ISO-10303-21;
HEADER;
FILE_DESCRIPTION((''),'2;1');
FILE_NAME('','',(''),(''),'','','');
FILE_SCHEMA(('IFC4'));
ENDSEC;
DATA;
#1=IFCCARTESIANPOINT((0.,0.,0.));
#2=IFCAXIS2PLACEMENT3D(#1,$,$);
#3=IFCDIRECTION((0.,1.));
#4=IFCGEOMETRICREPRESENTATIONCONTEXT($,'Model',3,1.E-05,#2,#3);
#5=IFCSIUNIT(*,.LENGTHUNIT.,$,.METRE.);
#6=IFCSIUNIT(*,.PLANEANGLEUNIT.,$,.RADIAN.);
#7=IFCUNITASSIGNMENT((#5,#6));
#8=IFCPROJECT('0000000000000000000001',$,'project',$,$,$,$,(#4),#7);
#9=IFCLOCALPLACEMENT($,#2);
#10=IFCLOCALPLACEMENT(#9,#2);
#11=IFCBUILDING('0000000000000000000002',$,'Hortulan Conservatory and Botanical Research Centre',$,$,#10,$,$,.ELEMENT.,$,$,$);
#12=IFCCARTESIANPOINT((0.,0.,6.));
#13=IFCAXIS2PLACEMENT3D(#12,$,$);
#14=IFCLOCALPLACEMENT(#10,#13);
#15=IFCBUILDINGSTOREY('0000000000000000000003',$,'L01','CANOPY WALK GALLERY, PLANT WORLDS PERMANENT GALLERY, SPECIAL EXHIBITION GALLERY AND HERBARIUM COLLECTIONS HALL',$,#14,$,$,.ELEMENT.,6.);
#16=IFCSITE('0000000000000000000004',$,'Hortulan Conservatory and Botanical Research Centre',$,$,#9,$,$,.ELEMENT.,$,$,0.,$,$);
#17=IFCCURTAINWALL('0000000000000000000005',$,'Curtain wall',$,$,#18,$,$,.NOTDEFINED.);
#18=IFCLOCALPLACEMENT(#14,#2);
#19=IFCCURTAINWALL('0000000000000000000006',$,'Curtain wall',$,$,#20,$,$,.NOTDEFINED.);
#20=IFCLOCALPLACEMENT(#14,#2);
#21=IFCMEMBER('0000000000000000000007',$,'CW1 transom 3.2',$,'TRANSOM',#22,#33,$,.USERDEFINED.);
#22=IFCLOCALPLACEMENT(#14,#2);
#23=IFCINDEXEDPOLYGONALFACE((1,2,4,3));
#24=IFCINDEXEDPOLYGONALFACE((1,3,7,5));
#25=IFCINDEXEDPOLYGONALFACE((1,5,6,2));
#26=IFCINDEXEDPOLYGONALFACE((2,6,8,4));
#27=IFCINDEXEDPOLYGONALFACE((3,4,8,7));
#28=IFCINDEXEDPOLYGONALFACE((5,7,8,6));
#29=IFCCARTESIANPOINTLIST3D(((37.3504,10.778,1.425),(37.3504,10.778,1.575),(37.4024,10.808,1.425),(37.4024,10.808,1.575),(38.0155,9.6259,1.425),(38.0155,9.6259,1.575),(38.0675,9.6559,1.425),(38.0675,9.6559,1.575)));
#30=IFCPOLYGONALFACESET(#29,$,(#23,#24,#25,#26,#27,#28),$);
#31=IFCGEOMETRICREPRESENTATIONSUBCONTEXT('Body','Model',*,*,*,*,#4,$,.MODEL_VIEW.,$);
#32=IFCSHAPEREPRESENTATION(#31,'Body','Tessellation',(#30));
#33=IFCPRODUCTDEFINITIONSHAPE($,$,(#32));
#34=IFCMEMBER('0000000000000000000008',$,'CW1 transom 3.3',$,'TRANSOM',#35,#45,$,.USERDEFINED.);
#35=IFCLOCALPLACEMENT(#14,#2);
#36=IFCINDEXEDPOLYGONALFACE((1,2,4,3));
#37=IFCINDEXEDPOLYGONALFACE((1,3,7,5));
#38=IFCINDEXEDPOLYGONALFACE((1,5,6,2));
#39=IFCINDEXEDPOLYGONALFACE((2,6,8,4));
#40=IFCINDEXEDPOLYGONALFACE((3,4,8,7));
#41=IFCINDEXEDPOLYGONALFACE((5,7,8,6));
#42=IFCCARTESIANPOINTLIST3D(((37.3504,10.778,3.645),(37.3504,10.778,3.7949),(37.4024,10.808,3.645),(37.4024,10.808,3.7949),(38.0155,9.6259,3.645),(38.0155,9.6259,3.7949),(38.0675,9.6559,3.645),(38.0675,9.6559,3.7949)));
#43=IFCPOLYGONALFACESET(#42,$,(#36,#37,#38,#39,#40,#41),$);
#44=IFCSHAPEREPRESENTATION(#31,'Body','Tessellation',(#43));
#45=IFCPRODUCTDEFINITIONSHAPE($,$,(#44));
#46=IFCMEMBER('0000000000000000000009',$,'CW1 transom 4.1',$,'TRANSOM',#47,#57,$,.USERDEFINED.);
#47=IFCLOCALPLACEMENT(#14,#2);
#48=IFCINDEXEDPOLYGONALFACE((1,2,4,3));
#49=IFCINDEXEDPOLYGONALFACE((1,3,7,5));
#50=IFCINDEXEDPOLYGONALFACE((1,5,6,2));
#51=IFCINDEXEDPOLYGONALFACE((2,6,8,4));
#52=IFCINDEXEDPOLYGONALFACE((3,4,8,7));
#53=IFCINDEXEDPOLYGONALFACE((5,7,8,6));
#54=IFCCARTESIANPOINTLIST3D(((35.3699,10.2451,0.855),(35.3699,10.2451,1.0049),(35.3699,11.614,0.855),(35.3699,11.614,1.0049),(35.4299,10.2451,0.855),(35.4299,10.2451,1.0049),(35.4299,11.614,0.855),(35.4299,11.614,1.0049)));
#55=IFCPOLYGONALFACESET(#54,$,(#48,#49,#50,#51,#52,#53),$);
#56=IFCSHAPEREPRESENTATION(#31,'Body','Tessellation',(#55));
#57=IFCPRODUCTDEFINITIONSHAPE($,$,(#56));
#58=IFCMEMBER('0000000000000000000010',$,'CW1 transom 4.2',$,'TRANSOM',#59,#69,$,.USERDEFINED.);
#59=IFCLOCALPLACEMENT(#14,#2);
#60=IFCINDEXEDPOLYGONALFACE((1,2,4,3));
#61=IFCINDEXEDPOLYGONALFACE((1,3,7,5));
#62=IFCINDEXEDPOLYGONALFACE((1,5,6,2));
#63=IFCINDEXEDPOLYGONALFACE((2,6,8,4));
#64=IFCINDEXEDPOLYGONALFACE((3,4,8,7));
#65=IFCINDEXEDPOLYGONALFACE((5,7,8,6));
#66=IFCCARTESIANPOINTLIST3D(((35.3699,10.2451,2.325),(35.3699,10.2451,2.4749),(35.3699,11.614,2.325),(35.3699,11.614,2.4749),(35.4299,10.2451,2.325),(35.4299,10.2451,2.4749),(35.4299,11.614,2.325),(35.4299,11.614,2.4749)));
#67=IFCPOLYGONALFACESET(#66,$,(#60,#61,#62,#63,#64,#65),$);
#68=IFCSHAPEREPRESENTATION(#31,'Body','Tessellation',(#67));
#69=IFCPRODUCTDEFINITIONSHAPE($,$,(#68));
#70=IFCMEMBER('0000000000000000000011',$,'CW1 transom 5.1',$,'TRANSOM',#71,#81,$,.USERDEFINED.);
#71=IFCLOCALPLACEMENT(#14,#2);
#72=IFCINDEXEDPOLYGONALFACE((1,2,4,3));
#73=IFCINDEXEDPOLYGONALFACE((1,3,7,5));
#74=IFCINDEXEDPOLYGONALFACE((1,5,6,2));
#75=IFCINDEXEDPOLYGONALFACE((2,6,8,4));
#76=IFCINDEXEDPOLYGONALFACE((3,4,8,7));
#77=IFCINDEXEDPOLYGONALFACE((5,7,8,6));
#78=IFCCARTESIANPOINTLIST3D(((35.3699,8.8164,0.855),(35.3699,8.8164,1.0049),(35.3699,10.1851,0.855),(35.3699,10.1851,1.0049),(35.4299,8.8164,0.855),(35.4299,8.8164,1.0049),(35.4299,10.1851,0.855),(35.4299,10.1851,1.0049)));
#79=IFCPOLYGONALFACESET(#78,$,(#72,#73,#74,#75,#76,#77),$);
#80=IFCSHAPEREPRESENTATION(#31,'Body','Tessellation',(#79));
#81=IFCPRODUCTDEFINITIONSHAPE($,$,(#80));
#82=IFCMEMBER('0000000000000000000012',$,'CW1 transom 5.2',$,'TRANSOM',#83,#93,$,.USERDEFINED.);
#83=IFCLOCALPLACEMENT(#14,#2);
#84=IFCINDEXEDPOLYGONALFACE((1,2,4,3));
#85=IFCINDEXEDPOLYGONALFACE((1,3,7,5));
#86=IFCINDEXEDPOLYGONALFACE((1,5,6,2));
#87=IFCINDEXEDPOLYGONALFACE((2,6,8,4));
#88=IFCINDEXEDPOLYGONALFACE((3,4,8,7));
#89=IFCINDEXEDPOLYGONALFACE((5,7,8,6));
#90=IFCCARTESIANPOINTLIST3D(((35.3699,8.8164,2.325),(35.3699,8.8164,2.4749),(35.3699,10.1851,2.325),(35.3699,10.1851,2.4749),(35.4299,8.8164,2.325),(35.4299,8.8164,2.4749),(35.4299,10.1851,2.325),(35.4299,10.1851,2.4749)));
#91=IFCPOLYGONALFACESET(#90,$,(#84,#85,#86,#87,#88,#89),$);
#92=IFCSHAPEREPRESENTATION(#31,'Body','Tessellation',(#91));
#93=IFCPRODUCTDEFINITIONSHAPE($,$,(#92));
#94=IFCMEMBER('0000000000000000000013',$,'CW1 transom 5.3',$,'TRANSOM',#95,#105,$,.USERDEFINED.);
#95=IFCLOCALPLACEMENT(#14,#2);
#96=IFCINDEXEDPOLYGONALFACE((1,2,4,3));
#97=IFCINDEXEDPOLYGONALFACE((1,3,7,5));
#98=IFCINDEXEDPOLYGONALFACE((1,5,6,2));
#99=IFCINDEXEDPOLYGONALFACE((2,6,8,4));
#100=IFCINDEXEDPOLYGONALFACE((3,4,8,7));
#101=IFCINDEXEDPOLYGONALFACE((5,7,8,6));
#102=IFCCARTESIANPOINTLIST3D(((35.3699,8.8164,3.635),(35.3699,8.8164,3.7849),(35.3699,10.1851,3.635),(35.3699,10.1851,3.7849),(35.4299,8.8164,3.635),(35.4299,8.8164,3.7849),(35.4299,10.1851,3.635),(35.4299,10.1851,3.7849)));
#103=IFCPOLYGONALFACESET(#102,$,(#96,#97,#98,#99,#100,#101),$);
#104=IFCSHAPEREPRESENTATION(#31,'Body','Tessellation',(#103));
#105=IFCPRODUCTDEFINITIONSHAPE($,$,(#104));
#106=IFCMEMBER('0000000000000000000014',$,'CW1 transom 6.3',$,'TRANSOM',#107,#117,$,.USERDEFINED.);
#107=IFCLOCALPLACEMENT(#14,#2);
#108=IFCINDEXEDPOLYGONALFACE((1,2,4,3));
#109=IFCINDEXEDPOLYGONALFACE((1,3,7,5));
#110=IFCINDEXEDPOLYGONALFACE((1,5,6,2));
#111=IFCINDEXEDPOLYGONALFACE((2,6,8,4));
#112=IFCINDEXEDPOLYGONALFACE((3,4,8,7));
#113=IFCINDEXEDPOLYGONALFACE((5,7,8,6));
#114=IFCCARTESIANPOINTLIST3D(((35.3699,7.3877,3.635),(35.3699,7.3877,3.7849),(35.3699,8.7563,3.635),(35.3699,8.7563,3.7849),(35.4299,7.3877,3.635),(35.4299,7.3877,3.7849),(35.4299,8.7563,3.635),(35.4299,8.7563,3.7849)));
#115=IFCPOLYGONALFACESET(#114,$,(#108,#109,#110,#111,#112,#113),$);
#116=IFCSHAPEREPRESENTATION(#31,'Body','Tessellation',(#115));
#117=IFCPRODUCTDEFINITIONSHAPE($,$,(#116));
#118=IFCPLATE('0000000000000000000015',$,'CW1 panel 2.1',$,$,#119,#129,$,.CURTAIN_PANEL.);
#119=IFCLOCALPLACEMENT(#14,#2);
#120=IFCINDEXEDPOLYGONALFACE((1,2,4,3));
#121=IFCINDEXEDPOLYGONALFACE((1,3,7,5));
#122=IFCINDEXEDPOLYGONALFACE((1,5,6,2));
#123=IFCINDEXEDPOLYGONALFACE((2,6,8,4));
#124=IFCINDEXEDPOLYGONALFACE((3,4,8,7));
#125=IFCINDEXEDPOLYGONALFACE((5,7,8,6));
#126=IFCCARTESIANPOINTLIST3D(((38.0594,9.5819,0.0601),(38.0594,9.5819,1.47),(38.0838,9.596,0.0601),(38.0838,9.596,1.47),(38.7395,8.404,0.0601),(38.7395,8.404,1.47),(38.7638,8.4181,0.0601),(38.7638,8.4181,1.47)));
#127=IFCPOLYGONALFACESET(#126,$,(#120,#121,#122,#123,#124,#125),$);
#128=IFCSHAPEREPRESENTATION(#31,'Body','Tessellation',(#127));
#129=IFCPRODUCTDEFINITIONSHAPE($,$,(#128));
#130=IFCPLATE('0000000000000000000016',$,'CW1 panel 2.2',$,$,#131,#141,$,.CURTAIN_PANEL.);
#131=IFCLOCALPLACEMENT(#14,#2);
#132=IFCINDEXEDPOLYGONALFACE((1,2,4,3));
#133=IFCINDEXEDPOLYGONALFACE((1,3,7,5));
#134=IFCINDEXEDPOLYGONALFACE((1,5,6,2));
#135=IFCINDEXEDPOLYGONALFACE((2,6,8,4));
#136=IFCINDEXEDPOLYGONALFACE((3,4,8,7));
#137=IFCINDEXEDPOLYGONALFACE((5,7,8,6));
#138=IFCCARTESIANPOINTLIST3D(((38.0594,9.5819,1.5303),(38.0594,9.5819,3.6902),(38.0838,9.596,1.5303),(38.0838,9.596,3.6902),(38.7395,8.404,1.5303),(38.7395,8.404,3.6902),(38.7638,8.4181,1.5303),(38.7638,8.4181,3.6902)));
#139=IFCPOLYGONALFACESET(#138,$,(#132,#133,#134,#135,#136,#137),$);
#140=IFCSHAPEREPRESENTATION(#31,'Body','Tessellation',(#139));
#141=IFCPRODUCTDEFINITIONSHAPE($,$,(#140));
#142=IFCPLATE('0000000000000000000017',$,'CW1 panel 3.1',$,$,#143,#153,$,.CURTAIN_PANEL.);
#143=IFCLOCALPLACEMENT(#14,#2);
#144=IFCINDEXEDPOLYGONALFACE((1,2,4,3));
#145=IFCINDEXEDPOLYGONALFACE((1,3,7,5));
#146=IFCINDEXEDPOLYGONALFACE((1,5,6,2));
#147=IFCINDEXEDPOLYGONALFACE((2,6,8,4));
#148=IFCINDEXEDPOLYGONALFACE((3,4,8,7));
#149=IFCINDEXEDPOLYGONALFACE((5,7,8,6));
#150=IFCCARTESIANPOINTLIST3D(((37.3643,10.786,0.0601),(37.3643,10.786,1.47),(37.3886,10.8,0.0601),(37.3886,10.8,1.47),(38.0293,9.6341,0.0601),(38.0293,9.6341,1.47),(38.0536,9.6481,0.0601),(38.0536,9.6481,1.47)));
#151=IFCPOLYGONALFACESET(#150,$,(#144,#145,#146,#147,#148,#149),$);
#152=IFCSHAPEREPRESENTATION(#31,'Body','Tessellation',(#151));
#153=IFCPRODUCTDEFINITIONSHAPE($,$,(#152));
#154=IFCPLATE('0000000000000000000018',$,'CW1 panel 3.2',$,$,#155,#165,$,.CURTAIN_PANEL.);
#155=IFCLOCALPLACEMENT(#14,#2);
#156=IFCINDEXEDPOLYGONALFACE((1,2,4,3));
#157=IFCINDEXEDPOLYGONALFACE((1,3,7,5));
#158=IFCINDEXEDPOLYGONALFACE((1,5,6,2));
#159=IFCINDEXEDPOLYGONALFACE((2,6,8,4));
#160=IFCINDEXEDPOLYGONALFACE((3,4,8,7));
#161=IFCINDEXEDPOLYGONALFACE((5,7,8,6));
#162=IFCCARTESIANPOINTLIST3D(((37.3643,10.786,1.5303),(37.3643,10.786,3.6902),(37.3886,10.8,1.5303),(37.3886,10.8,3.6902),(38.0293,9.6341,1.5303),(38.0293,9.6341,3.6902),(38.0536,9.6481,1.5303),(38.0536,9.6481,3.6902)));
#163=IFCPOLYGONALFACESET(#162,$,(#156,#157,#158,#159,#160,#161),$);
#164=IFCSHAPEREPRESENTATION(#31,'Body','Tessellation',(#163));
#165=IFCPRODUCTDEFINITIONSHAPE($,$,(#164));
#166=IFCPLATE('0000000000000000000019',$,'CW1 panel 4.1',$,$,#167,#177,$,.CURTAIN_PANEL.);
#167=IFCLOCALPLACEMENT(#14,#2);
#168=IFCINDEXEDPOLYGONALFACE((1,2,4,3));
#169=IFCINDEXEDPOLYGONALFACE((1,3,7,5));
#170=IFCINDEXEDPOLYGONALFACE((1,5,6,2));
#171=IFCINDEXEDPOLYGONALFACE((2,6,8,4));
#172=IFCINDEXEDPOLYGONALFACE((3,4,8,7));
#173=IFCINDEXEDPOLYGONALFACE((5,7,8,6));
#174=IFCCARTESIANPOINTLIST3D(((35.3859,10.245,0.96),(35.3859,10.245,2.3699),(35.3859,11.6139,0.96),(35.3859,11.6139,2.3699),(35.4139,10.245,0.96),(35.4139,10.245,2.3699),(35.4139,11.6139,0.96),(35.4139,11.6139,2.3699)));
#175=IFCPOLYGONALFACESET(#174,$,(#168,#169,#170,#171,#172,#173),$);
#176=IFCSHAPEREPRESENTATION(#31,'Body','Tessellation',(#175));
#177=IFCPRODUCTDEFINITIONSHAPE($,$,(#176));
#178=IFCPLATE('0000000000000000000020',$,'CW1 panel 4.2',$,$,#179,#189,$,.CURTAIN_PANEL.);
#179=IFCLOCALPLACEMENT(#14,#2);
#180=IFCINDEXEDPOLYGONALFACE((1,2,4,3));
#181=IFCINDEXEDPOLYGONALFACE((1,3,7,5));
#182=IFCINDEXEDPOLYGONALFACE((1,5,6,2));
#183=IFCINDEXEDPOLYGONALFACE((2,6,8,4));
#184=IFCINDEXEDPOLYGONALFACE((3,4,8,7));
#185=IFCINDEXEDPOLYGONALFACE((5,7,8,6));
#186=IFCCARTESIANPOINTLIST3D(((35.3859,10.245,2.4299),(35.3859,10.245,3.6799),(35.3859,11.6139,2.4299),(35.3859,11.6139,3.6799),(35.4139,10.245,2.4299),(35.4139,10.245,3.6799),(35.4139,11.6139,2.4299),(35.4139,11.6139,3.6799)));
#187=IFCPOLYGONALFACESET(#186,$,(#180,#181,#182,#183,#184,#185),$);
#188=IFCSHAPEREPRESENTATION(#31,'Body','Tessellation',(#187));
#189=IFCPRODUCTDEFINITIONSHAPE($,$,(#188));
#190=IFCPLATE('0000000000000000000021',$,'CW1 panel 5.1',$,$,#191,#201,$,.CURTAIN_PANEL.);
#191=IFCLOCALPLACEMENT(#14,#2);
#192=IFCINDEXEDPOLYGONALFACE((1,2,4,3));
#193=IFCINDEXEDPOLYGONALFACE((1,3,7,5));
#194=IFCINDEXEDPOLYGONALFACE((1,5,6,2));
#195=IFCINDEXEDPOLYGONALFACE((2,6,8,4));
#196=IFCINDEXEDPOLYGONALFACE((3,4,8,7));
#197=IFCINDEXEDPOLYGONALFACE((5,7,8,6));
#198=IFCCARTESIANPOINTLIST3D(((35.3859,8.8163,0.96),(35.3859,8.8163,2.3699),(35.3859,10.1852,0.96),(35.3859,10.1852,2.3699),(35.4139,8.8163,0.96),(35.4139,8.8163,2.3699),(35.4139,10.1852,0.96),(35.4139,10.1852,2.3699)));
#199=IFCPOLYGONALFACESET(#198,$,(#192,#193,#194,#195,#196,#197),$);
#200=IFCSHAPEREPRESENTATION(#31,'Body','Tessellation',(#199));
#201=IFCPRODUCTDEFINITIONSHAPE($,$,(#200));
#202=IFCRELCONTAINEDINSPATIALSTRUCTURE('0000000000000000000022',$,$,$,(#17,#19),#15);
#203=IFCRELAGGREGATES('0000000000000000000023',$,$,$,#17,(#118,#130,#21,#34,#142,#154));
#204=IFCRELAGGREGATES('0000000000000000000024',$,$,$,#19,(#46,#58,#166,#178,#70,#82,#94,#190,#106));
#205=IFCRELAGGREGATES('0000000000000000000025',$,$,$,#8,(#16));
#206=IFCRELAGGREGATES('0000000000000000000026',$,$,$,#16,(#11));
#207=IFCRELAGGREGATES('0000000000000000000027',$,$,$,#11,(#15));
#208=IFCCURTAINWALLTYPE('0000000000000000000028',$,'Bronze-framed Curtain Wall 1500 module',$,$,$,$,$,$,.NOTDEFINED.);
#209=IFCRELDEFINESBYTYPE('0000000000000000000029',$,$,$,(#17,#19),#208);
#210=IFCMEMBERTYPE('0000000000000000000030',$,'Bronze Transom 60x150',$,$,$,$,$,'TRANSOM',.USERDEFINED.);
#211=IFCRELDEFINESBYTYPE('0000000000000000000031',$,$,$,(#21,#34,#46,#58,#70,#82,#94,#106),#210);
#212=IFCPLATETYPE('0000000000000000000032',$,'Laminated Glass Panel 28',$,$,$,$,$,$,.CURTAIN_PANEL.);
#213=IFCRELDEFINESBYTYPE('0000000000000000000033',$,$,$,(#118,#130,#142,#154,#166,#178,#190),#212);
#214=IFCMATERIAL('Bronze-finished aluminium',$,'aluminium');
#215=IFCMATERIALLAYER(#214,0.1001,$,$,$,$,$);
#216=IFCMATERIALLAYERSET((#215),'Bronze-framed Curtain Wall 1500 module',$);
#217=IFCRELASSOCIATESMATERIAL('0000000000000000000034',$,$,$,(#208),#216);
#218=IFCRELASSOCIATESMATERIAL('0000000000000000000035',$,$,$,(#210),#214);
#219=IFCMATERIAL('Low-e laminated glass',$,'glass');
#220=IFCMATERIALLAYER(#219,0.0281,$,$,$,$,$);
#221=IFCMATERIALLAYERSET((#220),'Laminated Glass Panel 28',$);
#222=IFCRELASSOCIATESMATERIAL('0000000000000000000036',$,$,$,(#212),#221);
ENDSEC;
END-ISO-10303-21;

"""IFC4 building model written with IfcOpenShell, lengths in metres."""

from ifc_helpers import new_model, si_unit, direction, frame, origin, origin_2d, place, context, subcontext, project, spatial, rectangle, extrude, material, layer, layer_set, material_profile, profile_set, type_object, element, aggregate, save


model = new_model("IFC4")

# Units and contexts
model_context = context("Model", 3, precision=1e-05, world=origin(), true_north=direction((0.0, 1.0)))
body_context = subcontext(model_context, "Body", "Model", "MODEL_VIEW")
ifc_project = project(units=[si_unit("LENGTHUNIT", "METRE"), si_unit("PLANEANGLEUNIT", "RADIAN")], contexts=[model_context])

# Site, building, storey
site_placement = place(None, origin())
site = spatial("IfcSite", under=ifc_project, at=site_placement, Name="Hortulan Conservatory and Botanical Research Centre", CompositionType="ELEMENT", RefElevation=0.0)
building_placement = place(site_placement, origin())
building = spatial("IfcBuilding", under=site, at=building_placement, Name="Hortulan Conservatory and Botanical Research Centre", CompositionType="ELEMENT")
storey_placement = place(building_placement, frame((0.0, 0.0, 6.0)))
storey = spatial("IfcBuildingStorey", under=building, at=storey_placement, Name="L01", Description="CANOPY WALK GALLERY, PLANT WORLDS PERMANENT GALLERY, SPECIAL EXHIBITION GALLERY AND HERBARIUM COLLECTIONS HALL", CompositionType="ELEMENT", Elevation=6.0)

# Shared definitions
ifc_material_1 = material(Name="Bronze-finished aluminium", Category="aluminium")
ifc_layer_1 = layer(ifc_material_1, 0.1001)
ifc_layer_set_1 = layer_set([ifc_layer_1], Name="Bronze-framed Curtain Wall 1500 module")
curtain_wall_type = type_object("IfcCurtainWallType", Name="Bronze-framed Curtain Wall 1500 module", PredefinedType="NOTDEFINED", material=ifc_layer_set_1)

# Curtain walls
curtain_wall_1_placement = place(storey_placement, origin())
curtain_wall_1 = element("IfcCurtainWall", 1, at=curtain_wall_1_placement, inside=storey, type_object=curtain_wall_type, Name="Curtain wall", PredefinedType="NOTDEFINED")
curtain_wall_2_placement = place(storey_placement, origin())
curtain_wall_2 = element("IfcCurtainWall", 2, at=curtain_wall_2_placement, inside=storey, type_object=curtain_wall_type, Name="Curtain wall", PredefinedType="NOTDEFINED")

# Members
ifc_material_profile_1 = material_profile(ifc_material_1, rectangle(XDim=0.0601, YDim=0.1499, at=origin_2d()), Name="Bronze Transom 60x150")
ifc_profile_set_1 = profile_set([ifc_material_profile_1], Name="Bronze-finished aluminium")
member_type_1 = type_object("IfcMemberType", Name="Bronze Transom 60x150", ElementType="TRANSOM", PredefinedType="USERDEFINED", material=ifc_profile_set_1)
member_1_placement = place(storey_placement, frame((38.0415, 9.6409, 1.5), z_axis=(-0.499929, 0.866066, 0.0), x_axis=(-0.866066, -0.499929, 0.0)))
member_1 = element("IfcMember", 3, at=member_1_placement, type_object=member_type_1, Name="CW1 transom 3.2", ObjectType="TRANSOM", PredefinedType="USERDEFINED", context=body_context, shape_type="SweptSolid", body=[
    extrude(rectangle(XDim=0.0601, YDim=0.1499, at=origin_2d()), origin(), (0.0, 0.0, 1.0), 1.3303),
])
member_2_placement = place(storey_placement, frame((38.0415, 9.6409, 3.72), z_axis=(-0.499929, 0.866066, 0.0), x_axis=(-0.866066, -0.499929, 0.0)))
member_2 = element("IfcMember", 4, at=member_2_placement, type_object=member_type_1, Name="CW1 transom 3.3", ObjectType="TRANSOM", PredefinedType="USERDEFINED", context=body_context, shape_type="SweptSolid", body=[
    extrude(rectangle(XDim=0.0601, YDim=0.1499, at=origin_2d()), origin(), (0.0, 0.0, 1.0), 1.3303),
])
member_3_placement = place(storey_placement, frame((35.3999, 11.614, 0.9299), z_axis=(0.0, -1.0, 0.0), x_axis=(1.0, 0.0, 0.0)))
member_3 = element("IfcMember", 5, at=member_3_placement, type_object=member_type_1, Name="CW1 transom 4.1", ObjectType="TRANSOM", PredefinedType="USERDEFINED", context=body_context, shape_type="SweptSolid", body=[
    extrude(rectangle(XDim=0.0601, YDim=0.1499, at=origin_2d()), origin(), (0.0, 0.0, 1.0), 1.3689),
])
member_4_placement = place(storey_placement, frame((35.3999, 11.614, 2.3999), z_axis=(0.0, -1.0, 0.0), x_axis=(1.0, 0.0, 0.0)))
member_4 = element("IfcMember", 6, at=member_4_placement, type_object=member_type_1, Name="CW1 transom 4.2", ObjectType="TRANSOM", PredefinedType="USERDEFINED", context=body_context, shape_type="SweptSolid", body=[
    extrude(rectangle(XDim=0.0601, YDim=0.1499, at=origin_2d()), origin(), (0.0, 0.0, 1.0), 1.3689),
])
member_5_placement = place(storey_placement, frame((35.3999, 10.1851, 0.9299), z_axis=(0.0, -1.0, 0.0), x_axis=(1.0, 0.0, 0.0)))
member_5 = element("IfcMember", 7, at=member_5_placement, type_object=member_type_1, Name="CW1 transom 5.1", ObjectType="TRANSOM", PredefinedType="USERDEFINED", context=body_context, shape_type="SweptSolid", body=[
    extrude(rectangle(XDim=0.0601, YDim=0.1499, at=origin_2d()), origin(), (0.0, 0.0, 1.0), 1.3687),
])
member_6_placement = place(storey_placement, frame((35.3999, 10.1851, 2.3999), z_axis=(0.0, -1.0, 0.0), x_axis=(1.0, 0.0, 0.0)))
member_6 = element("IfcMember", 8, at=member_6_placement, type_object=member_type_1, Name="CW1 transom 5.2", ObjectType="TRANSOM", PredefinedType="USERDEFINED", context=body_context, shape_type="SweptSolid", body=[
    extrude(rectangle(XDim=0.0601, YDim=0.1499, at=origin_2d()), origin(), (0.0, 0.0, 1.0), 1.3687),
])
member_7_placement = place(storey_placement, frame((35.3999, 10.1851, 3.71), z_axis=(0.0, -1.0, 0.0), x_axis=(1.0, 0.0, 0.0)))
member_7 = element("IfcMember", 9, at=member_7_placement, type_object=member_type_1, Name="CW1 transom 5.3", ObjectType="TRANSOM", PredefinedType="USERDEFINED", context=body_context, shape_type="SweptSolid", body=[
    extrude(rectangle(XDim=0.0601, YDim=0.1499, at=origin_2d()), origin(), (0.0, 0.0, 1.0), 1.3687),
])
member_8_placement = place(storey_placement, frame((35.3999, 8.7563, 3.71), z_axis=(0.0, -1.0, 0.0), x_axis=(1.0, 0.0, 0.0)))
member_8 = element("IfcMember", 10, at=member_8_placement, type_object=member_type_1, Name="CW1 transom 6.3", ObjectType="TRANSOM", PredefinedType="USERDEFINED", context=body_context, shape_type="SweptSolid", body=[
    extrude(rectangle(XDim=0.0601, YDim=0.1499, at=origin_2d()), origin(), (0.0, 0.0, 1.0), 1.3687),
])

# Plates
ifc_material_2 = material(Name="Low-e laminated glass", Category="glass")
ifc_layer_2 = layer(ifc_material_2, 0.0281)
ifc_layer_set_2 = layer_set([ifc_layer_2], Name="Laminated Glass Panel 28")
plate_type = type_object("IfcPlateType", Name="Laminated Glass Panel 28", PredefinedType="CURTAIN_PANEL", material=ifc_layer_set_2)
plate_1_placement = place(storey_placement, frame((38.4116, 9.0, 0.0601), z_axis=(0.0, 0.0, 1.0), x_axis=(-0.499981, 0.866036, 0.0)))
plate_1 = element("IfcPlate", 11, at=plate_1_placement, type_object=plate_type, Name="CW1 panel 2.1", PredefinedType="CURTAIN_PANEL", context=body_context, shape_type="SweptSolid", body=[
    extrude(rectangle(XDim=1.3601, YDim=0.0281, at=origin_2d()), origin(), (0.0, 0.0, 1.0), 1.4099),
])
plate_2_placement = place(storey_placement, frame((38.4116, 9.0, 1.5303), z_axis=(0.0, 0.0, 1.0), x_axis=(-0.499981, 0.866036, 0.0)))
plate_2 = element("IfcPlate", 12, at=plate_2_placement, type_object=plate_type, Name="CW1 panel 2.2", PredefinedType="CURTAIN_PANEL", context=body_context, shape_type="SweptSolid", body=[
    extrude(rectangle(XDim=1.3601, YDim=0.0281, at=origin_2d()), origin(), (0.0, 0.0, 1.0), 2.1599),
])
plate_3_placement = place(storey_placement, frame((37.709, 10.217, 0.0601), z_axis=(0.0, 0.0, 1.0), x_axis=(-0.499981, 0.866036, 0.0)))
plate_3 = element("IfcPlate", 13, at=plate_3_placement, type_object=plate_type, Name="CW1 panel 3.1", PredefinedType="CURTAIN_PANEL", context=body_context, shape_type="SweptSolid", body=[
    extrude(rectangle(XDim=1.3301, YDim=0.0281, at=origin_2d()), origin(), (0.0, 0.0, 1.0), 1.4099),
])
plate_4_placement = place(storey_placement, frame((37.709, 10.217, 1.5303), z_axis=(0.0, 0.0, 1.0), x_axis=(-0.499981, 0.866036, 0.0)))
plate_4 = element("IfcPlate", 14, at=plate_4_placement, type_object=plate_type, Name="CW1 panel 3.2", PredefinedType="CURTAIN_PANEL", context=body_context, shape_type="SweptSolid", body=[
    extrude(rectangle(XDim=1.3301, YDim=0.0281, at=origin_2d()), origin(), (0.0, 0.0, 1.0), 2.1599),
])
aggregate(curtain_wall_1, [plate_1, plate_2, member_1, member_2, plate_3, plate_4])
plate_5_placement = place(storey_placement, frame((35.3999, 10.9294, 0.96), z_axis=(0.0, 0.0, 1.0), x_axis=(0.0, -1.0, 0.0)))
plate_5 = element("IfcPlate", 15, at=plate_5_placement, type_object=plate_type, Name="CW1 panel 4.1", PredefinedType="CURTAIN_PANEL", context=body_context, shape_type="SweptSolid", body=[
    extrude(rectangle(XDim=1.3689, YDim=0.0281, at=origin_2d()), origin(), (0.0, 0.0, 1.0), 1.4099),
])
plate_6_placement = place(storey_placement, frame((35.3999, 10.9294, 2.4299), z_axis=(0.0, 0.0, 1.0), x_axis=(0.0, -1.0, 0.0)))
plate_6 = element("IfcPlate", 16, at=plate_6_placement, type_object=plate_type, Name="CW1 panel 4.2", PredefinedType="CURTAIN_PANEL", context=body_context, shape_type="SweptSolid", body=[
    extrude(rectangle(XDim=1.3689, YDim=0.0281, at=origin_2d()), origin(), (0.0, 0.0, 1.0), 1.25),
])
plate_7_placement = place(storey_placement, frame((35.3999, 9.5007, 0.96), z_axis=(0.0, 0.0, 1.0), x_axis=(0.0, -1.0, 0.0)))
plate_7 = element("IfcPlate", 17, at=plate_7_placement, type_object=plate_type, Name="CW1 panel 5.1", PredefinedType="CURTAIN_PANEL", context=body_context, shape_type="SweptSolid", body=[
    extrude(rectangle(XDim=1.3689, YDim=0.0281, at=origin_2d()), origin(), (0.0, 0.0, 1.0), 1.4099),
])
aggregate(curtain_wall_2, [member_3, member_4, plate_5, plate_6, member_5, member_6, member_7, plate_7, member_8])

save(model, "model.ifc")
